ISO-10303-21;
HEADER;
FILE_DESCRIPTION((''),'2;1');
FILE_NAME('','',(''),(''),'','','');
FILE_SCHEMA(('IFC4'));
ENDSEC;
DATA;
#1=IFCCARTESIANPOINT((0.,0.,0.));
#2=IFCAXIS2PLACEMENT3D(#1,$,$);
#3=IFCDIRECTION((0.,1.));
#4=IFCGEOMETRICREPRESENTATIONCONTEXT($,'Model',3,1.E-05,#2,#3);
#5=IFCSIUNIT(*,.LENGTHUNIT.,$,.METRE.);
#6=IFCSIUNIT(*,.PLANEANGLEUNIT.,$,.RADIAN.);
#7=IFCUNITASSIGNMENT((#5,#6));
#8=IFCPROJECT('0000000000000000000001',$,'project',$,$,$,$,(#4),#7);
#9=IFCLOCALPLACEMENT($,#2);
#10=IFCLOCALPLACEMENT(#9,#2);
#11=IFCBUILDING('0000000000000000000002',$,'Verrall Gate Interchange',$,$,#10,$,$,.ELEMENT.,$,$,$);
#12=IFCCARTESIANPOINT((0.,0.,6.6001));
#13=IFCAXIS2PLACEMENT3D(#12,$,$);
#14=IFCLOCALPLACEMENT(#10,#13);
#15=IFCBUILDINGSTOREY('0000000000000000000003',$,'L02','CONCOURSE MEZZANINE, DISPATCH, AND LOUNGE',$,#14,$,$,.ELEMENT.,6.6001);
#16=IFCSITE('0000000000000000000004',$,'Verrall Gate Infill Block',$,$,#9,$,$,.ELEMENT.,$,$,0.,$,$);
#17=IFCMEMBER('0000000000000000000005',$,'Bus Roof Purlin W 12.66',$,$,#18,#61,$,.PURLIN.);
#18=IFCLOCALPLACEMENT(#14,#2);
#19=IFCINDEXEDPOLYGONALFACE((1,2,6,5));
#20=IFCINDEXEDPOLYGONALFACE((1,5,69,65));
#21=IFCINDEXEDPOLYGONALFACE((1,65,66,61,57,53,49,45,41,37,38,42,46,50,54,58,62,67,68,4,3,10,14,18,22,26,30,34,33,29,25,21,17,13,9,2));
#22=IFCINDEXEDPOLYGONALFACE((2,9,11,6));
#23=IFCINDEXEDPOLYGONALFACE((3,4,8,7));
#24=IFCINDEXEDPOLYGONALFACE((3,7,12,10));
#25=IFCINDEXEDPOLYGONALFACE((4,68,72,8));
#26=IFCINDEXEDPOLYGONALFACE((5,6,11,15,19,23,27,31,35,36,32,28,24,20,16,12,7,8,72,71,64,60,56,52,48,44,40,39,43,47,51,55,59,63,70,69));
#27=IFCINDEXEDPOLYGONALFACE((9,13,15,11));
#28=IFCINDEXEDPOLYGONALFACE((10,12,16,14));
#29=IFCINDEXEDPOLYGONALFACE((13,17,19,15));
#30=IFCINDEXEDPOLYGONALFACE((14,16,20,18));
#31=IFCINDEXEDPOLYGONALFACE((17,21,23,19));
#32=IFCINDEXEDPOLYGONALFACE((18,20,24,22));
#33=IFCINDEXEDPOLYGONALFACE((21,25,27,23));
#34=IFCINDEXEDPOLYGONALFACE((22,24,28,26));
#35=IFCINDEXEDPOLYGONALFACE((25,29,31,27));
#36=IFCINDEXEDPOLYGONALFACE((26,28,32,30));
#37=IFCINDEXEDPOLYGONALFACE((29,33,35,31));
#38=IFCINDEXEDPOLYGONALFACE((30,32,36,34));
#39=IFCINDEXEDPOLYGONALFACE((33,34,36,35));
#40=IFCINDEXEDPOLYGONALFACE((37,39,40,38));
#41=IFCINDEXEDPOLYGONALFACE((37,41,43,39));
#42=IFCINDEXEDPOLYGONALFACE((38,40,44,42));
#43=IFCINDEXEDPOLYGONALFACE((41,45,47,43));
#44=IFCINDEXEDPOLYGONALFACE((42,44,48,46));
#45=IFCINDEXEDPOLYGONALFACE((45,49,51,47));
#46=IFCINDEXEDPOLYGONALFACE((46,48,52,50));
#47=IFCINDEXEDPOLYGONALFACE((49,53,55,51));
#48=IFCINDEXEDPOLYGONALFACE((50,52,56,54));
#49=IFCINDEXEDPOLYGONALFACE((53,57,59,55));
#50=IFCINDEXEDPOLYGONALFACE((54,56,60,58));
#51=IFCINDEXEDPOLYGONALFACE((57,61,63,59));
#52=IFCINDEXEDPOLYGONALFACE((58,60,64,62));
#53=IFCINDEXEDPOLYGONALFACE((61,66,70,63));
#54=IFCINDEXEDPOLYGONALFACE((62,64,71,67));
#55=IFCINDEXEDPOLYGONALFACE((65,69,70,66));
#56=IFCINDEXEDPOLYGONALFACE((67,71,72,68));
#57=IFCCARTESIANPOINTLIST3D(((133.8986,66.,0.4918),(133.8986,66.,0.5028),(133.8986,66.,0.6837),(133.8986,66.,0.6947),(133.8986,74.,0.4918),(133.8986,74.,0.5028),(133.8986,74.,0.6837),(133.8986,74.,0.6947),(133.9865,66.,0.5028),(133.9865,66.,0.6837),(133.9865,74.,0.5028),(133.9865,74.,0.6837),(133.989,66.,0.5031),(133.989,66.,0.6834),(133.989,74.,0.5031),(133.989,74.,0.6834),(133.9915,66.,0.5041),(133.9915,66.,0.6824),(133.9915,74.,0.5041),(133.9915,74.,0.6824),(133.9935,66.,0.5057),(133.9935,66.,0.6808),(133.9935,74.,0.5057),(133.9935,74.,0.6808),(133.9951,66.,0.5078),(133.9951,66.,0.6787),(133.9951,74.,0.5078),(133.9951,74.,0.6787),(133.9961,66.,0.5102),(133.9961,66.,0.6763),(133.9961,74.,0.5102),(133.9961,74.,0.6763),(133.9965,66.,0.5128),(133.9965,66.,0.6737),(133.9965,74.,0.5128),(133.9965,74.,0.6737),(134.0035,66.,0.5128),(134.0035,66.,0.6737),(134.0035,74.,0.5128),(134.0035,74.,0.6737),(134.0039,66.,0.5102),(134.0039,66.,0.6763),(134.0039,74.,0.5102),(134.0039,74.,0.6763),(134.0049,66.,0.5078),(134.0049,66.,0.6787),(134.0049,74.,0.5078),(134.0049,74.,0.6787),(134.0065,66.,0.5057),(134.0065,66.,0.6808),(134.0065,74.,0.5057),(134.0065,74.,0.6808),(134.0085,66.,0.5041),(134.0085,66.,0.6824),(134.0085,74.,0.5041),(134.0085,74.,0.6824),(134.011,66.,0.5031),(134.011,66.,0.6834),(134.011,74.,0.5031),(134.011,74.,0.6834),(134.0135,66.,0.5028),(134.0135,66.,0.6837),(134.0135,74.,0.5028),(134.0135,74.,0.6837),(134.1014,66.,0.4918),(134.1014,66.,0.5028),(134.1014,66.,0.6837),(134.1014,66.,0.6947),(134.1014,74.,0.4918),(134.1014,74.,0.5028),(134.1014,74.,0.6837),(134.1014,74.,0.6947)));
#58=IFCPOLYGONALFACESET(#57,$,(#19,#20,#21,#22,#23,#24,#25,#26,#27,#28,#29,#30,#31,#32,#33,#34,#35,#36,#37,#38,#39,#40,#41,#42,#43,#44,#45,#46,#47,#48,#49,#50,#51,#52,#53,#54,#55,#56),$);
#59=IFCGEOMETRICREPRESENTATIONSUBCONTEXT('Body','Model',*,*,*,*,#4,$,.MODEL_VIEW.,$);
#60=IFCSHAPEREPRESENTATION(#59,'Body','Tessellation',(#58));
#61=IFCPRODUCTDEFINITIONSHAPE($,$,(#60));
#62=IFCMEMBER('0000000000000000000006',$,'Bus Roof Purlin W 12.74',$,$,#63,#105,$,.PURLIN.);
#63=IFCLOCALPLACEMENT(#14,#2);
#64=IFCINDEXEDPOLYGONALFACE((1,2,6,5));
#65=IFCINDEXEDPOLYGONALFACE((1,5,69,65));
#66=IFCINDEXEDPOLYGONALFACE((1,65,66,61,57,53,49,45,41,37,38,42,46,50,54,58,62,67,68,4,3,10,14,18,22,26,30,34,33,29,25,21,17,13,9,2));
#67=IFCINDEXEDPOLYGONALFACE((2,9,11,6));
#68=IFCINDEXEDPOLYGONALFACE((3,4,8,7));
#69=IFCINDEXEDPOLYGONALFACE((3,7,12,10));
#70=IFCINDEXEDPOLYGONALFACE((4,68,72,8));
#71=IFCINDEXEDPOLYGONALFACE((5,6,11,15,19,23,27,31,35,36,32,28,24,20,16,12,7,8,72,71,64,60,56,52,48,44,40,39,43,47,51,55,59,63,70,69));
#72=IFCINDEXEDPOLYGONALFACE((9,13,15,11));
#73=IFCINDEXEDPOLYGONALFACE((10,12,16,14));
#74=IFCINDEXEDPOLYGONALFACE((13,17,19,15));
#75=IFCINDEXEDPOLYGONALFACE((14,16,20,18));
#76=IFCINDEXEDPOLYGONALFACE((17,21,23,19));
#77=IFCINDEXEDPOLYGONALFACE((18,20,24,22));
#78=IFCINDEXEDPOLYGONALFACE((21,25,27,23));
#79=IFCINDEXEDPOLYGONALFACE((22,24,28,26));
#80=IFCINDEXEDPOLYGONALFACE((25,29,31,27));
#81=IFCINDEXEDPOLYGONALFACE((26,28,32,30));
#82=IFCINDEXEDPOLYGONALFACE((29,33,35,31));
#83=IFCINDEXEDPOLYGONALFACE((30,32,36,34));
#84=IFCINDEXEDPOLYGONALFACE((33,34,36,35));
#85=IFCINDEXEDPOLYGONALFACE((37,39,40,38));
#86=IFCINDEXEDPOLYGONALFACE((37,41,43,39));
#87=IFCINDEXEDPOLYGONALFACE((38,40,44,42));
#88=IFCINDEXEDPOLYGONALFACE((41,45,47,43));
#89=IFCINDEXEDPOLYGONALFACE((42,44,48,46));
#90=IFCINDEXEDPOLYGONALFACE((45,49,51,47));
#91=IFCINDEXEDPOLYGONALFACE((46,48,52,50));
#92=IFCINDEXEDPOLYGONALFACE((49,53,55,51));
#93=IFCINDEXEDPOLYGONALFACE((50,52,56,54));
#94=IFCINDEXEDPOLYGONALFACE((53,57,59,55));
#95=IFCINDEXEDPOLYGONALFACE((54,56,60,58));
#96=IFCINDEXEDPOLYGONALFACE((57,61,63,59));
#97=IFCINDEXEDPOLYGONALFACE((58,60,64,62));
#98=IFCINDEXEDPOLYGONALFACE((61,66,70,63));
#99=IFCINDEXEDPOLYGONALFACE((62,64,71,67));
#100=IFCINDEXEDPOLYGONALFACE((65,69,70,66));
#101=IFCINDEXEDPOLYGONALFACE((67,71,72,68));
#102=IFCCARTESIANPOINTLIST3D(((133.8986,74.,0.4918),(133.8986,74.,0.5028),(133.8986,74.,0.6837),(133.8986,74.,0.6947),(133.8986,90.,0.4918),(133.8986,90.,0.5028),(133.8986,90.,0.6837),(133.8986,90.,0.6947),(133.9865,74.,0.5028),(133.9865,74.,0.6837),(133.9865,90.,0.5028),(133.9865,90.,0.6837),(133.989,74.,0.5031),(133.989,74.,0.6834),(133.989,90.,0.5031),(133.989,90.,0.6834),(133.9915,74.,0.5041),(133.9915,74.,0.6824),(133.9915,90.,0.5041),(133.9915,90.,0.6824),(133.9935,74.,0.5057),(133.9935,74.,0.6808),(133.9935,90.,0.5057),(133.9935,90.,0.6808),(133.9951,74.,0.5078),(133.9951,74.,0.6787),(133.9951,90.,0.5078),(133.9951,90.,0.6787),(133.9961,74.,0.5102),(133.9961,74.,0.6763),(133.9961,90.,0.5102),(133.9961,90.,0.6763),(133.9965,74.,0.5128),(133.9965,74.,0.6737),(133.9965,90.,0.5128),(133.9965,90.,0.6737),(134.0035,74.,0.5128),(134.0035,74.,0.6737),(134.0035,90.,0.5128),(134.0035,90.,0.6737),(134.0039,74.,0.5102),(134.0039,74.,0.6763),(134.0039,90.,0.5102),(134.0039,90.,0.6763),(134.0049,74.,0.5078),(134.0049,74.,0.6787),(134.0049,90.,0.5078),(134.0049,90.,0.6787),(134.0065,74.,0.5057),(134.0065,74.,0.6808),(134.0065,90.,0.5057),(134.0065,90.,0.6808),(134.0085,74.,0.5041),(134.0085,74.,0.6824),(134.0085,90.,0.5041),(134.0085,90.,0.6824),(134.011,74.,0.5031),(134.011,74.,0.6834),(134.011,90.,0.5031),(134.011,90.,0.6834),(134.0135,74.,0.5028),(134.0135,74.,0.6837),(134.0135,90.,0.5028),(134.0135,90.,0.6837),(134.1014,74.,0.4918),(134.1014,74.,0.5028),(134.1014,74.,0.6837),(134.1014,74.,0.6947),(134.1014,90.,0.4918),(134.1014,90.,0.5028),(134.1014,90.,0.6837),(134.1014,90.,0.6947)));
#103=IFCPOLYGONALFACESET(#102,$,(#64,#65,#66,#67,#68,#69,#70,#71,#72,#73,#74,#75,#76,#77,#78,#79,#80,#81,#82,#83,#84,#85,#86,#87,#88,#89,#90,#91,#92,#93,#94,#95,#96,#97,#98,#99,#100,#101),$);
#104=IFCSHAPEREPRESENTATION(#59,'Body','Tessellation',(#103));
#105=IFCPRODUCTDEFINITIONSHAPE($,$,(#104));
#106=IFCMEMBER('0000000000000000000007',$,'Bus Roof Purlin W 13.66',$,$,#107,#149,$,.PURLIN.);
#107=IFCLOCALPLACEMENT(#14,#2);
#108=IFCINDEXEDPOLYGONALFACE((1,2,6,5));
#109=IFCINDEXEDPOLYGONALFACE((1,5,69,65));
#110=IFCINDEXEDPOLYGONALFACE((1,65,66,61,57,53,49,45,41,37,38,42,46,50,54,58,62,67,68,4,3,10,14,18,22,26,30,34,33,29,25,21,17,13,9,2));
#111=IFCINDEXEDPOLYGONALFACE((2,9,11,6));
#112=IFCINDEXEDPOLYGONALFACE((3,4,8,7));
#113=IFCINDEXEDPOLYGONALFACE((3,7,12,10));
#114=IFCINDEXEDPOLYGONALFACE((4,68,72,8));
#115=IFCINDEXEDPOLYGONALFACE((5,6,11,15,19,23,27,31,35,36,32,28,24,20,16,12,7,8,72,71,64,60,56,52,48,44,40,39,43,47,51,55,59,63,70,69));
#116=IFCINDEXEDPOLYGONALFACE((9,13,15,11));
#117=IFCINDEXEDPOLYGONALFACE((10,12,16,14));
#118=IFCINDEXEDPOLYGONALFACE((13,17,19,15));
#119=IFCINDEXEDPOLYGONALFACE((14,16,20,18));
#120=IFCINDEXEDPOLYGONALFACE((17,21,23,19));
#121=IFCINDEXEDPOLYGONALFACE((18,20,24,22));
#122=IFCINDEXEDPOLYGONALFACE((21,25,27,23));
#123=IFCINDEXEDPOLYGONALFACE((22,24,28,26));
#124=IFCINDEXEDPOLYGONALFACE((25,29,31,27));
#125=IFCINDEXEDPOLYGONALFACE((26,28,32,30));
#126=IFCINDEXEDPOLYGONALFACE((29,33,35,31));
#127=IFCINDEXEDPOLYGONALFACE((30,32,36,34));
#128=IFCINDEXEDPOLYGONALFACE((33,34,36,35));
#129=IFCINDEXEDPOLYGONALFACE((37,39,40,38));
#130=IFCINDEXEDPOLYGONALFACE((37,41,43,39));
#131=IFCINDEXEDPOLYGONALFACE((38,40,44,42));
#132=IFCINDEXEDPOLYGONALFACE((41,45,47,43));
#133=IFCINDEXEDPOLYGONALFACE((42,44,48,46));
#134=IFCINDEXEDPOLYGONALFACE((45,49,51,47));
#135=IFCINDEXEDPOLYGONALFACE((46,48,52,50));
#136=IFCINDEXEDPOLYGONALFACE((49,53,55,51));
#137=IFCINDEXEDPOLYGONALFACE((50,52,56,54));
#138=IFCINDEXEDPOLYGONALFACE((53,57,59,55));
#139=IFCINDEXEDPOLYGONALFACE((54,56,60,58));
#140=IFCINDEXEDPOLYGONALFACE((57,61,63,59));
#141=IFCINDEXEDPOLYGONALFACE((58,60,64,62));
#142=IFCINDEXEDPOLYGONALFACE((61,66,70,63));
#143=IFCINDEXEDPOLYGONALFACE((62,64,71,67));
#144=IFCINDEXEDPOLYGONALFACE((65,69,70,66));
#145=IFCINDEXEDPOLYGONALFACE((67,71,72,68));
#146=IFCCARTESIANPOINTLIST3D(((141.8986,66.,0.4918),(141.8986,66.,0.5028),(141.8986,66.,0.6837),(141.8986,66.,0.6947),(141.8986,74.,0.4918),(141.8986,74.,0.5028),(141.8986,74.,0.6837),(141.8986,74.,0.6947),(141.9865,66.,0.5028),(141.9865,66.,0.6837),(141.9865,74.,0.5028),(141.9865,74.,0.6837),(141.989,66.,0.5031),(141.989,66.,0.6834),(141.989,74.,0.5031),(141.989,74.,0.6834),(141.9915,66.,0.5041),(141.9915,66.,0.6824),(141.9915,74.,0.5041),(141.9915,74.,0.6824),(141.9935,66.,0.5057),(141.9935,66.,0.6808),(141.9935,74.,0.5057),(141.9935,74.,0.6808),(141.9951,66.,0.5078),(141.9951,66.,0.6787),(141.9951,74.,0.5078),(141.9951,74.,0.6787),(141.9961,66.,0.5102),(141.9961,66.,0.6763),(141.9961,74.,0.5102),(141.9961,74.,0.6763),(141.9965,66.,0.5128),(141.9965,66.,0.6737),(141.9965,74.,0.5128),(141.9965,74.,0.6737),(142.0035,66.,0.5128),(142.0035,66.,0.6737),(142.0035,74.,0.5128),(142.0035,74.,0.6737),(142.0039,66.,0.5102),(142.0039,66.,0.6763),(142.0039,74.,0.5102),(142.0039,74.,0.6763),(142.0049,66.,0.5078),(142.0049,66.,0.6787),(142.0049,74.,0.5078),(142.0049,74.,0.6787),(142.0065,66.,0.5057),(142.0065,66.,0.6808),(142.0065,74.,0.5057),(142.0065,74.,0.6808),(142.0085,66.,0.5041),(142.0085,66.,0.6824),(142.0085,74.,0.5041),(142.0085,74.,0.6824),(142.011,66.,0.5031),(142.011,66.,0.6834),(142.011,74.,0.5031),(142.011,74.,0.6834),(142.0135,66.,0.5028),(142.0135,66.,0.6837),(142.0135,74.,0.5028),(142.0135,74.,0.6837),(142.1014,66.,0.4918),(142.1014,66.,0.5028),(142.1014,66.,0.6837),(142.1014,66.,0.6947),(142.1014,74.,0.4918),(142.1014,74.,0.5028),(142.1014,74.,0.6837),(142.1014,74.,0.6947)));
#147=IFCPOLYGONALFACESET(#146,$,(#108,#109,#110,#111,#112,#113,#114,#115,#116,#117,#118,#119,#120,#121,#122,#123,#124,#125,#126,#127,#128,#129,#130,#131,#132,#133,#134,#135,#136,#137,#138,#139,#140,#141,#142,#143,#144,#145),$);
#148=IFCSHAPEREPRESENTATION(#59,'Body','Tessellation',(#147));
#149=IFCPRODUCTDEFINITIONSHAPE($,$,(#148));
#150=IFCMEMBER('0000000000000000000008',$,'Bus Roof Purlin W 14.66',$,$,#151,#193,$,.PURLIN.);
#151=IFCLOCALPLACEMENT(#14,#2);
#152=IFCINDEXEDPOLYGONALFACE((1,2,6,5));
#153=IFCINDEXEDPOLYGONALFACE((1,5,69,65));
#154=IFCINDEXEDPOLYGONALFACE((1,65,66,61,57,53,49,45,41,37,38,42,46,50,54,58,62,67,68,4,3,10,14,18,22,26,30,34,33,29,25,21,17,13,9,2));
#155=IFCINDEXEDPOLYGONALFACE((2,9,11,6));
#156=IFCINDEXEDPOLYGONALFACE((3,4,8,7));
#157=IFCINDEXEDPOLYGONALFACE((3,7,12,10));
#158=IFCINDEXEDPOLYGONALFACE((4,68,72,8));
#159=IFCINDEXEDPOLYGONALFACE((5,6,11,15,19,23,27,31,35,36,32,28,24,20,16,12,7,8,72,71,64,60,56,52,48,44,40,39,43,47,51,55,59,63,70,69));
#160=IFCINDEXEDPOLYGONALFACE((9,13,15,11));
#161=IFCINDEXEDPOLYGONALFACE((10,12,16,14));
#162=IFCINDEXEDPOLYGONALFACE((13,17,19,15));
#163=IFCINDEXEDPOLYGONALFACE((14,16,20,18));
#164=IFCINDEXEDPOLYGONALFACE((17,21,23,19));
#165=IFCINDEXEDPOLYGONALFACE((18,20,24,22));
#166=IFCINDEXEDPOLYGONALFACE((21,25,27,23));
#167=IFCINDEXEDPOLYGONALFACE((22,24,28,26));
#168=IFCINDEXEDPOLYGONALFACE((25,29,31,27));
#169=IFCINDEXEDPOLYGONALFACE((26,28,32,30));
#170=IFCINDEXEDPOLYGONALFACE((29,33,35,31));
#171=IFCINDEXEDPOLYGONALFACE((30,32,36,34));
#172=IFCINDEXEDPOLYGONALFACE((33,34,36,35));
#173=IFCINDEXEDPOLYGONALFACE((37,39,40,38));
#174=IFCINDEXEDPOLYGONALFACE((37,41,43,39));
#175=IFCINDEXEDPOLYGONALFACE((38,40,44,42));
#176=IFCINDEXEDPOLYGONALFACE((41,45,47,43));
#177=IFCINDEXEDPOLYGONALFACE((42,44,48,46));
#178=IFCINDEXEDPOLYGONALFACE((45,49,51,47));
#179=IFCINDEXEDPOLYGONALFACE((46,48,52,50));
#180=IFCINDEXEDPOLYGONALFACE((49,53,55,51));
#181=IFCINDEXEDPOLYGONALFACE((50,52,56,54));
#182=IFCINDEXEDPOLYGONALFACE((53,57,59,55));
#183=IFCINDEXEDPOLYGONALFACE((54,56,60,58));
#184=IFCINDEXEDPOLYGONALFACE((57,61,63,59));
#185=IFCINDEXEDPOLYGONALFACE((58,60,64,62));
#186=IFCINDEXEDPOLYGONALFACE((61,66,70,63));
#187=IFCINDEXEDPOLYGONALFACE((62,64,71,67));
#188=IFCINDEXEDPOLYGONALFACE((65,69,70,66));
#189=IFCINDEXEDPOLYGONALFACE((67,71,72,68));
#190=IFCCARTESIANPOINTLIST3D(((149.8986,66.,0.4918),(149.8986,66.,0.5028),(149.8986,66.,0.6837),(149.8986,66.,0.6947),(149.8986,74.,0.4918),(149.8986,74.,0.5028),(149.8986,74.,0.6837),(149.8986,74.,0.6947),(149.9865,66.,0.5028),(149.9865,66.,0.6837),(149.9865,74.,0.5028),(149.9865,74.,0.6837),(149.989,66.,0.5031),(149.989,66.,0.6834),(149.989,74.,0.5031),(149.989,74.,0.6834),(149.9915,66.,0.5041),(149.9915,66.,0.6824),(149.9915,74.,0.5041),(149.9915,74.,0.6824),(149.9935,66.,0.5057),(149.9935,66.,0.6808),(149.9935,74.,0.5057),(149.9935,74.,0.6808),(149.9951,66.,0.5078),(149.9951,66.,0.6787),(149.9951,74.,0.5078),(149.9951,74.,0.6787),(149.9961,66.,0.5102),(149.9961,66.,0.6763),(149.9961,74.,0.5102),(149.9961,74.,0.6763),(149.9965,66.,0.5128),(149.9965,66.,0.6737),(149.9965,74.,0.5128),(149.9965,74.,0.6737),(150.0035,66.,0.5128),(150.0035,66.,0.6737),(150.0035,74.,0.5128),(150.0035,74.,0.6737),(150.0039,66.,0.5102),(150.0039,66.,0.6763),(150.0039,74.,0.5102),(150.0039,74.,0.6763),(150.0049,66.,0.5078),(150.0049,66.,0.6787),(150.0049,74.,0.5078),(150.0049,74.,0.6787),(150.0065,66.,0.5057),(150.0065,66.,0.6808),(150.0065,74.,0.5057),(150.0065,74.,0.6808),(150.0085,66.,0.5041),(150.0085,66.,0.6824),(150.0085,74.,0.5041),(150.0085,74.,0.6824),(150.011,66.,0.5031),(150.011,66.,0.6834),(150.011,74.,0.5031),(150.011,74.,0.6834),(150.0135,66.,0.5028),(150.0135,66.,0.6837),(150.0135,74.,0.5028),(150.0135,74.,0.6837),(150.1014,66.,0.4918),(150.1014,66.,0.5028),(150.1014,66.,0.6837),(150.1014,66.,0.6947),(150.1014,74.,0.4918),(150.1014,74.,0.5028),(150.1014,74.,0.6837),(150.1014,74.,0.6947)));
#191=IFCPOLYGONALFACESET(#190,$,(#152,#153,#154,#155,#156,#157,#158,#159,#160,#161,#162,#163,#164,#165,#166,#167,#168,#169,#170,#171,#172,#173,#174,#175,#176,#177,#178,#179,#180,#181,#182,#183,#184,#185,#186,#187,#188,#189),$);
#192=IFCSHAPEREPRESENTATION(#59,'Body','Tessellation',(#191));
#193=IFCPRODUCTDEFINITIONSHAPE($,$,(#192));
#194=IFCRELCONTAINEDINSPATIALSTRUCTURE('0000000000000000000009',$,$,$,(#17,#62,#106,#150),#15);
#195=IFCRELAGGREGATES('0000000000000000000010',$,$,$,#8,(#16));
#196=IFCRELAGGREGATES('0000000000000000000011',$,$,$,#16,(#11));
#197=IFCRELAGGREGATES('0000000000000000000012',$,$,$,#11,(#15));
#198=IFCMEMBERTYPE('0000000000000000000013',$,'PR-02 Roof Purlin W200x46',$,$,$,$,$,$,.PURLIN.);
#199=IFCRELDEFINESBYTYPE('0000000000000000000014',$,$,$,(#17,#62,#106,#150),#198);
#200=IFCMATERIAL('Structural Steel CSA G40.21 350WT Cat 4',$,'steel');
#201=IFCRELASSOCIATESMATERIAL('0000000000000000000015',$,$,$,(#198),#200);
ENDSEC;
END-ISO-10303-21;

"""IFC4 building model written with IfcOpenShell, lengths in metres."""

from ifc_helpers import new_model, si_unit, direction, frame, origin, origin_2d, place, context, subcontext, project, spatial, i_section, extrude, material, material_profile, profile_set, type_object, element, save


model = new_model("IFC4")

# Units and contexts
model_context = context("Model", 3, precision=1e-05, world=origin(), true_north=direction((0.0, 1.0)))
body_context = subcontext(model_context, "Body", "Model", "MODEL_VIEW")
ifc_project = project(units=[si_unit("LENGTHUNIT", "METRE"), si_unit("PLANEANGLEUNIT", "RADIAN")], contexts=[model_context])

# Site, building, storey
site_placement = place(None, origin())
site = spatial("IfcSite", under=ifc_project, at=site_placement, Name="Verrall Gate Infill Block", CompositionType="ELEMENT", RefElevation=0.0)
building_placement = place(site_placement, origin())
building = spatial("IfcBuilding", under=site, at=building_placement, Name="Verrall Gate Interchange", CompositionType="ELEMENT")
storey_placement = place(building_placement, frame((0.0, 0.0, 6.6001)))
storey = spatial("IfcBuildingStorey", under=building, at=storey_placement, Name="L02", Description="CONCOURSE MEZZANINE, DISPATCH, AND LOUNGE", CompositionType="ELEMENT", Elevation=6.6001)

# Members
ifc_material_1 = material(Name="Structural Steel CSA G40.21 350WT Cat 4", Category="steel")
ifc_material_profile_1 = material_profile(ifc_material_1, i_section(OverallWidth=0.2029, OverallDepth=0.2029, WebThickness=0.0071, FlangeThickness=0.011, FilletRadius=0.01, at=origin_2d()), Name="W200x46")
ifc_profile_set_1 = profile_set([ifc_material_profile_1], Name="Structural Steel CSA G40.21 350WT Cat 4")
member_type_1 = type_object("IfcMemberType", Name="PR-02 Roof Purlin W200x46", PredefinedType="PURLIN", material=ifc_profile_set_1)
member_1_placement = place(storey_placement, frame((134.0, 66.0, 0.5933), z_axis=(0.0, 1.0, 0.0), x_axis=(-1.0, 0.0, 0.0)))
element("IfcMember", 1, at=member_1_placement, inside=storey, type_object=member_type_1, Name="Bus Roof Purlin W 12.66", PredefinedType="PURLIN", context=body_context, shape_type="SweptSolid", body=[
    extrude(i_section(OverallWidth=0.2029, OverallDepth=0.2029, WebThickness=0.0071, FlangeThickness=0.011, FilletRadius=0.01, at=origin_2d()), origin(), (0.0, 0.0, 1.0), 8.0),
])
member_2_placement = place(storey_placement, frame((134.0, 74.0, 0.5933), z_axis=(0.0, 1.0, 0.0), x_axis=(-1.0, 0.0, 0.0)))
element("IfcMember", 2, at=member_2_placement, inside=storey, type_object=member_type_1, Name="Bus Roof Purlin W 12.74", PredefinedType="PURLIN", context=body_context, shape_type="SweptSolid", body=[
    extrude(i_section(OverallWidth=0.2029, OverallDepth=0.2029, WebThickness=0.0071, FlangeThickness=0.011, FilletRadius=0.01, at=origin_2d()), origin(), (0.0, 0.0, 1.0), 16.0),
])
for number, where, z_axis, x_axis, name in (
    (3, (142.0, 66.0, 0.5933), (0.0, 1.0, 0.0), (-1.0, 0.0, 0.0), "Bus Roof Purlin W 13.66"),
    (4, (150.0, 66.0, 0.5933), (0.0, 1.0, 0.0), (-1.0, 0.0, 0.0), "Bus Roof Purlin W 14.66"),
):
    element("IfcMember", number, at=place(storey_placement, frame(where, z_axis=z_axis, x_axis=x_axis)), inside=storey, type_object=member_type_1, Name=name, PredefinedType="PURLIN", context=body_context, shape_type="SweptSolid", body=[
        extrude(i_section(OverallWidth=0.2029, OverallDepth=0.2029, WebThickness=0.0071, FlangeThickness=0.011, FilletRadius=0.01, at=origin_2d()), origin(), (0.0, 0.0, 1.0), 8.0),
    ])

save(model, "model.ifc")
